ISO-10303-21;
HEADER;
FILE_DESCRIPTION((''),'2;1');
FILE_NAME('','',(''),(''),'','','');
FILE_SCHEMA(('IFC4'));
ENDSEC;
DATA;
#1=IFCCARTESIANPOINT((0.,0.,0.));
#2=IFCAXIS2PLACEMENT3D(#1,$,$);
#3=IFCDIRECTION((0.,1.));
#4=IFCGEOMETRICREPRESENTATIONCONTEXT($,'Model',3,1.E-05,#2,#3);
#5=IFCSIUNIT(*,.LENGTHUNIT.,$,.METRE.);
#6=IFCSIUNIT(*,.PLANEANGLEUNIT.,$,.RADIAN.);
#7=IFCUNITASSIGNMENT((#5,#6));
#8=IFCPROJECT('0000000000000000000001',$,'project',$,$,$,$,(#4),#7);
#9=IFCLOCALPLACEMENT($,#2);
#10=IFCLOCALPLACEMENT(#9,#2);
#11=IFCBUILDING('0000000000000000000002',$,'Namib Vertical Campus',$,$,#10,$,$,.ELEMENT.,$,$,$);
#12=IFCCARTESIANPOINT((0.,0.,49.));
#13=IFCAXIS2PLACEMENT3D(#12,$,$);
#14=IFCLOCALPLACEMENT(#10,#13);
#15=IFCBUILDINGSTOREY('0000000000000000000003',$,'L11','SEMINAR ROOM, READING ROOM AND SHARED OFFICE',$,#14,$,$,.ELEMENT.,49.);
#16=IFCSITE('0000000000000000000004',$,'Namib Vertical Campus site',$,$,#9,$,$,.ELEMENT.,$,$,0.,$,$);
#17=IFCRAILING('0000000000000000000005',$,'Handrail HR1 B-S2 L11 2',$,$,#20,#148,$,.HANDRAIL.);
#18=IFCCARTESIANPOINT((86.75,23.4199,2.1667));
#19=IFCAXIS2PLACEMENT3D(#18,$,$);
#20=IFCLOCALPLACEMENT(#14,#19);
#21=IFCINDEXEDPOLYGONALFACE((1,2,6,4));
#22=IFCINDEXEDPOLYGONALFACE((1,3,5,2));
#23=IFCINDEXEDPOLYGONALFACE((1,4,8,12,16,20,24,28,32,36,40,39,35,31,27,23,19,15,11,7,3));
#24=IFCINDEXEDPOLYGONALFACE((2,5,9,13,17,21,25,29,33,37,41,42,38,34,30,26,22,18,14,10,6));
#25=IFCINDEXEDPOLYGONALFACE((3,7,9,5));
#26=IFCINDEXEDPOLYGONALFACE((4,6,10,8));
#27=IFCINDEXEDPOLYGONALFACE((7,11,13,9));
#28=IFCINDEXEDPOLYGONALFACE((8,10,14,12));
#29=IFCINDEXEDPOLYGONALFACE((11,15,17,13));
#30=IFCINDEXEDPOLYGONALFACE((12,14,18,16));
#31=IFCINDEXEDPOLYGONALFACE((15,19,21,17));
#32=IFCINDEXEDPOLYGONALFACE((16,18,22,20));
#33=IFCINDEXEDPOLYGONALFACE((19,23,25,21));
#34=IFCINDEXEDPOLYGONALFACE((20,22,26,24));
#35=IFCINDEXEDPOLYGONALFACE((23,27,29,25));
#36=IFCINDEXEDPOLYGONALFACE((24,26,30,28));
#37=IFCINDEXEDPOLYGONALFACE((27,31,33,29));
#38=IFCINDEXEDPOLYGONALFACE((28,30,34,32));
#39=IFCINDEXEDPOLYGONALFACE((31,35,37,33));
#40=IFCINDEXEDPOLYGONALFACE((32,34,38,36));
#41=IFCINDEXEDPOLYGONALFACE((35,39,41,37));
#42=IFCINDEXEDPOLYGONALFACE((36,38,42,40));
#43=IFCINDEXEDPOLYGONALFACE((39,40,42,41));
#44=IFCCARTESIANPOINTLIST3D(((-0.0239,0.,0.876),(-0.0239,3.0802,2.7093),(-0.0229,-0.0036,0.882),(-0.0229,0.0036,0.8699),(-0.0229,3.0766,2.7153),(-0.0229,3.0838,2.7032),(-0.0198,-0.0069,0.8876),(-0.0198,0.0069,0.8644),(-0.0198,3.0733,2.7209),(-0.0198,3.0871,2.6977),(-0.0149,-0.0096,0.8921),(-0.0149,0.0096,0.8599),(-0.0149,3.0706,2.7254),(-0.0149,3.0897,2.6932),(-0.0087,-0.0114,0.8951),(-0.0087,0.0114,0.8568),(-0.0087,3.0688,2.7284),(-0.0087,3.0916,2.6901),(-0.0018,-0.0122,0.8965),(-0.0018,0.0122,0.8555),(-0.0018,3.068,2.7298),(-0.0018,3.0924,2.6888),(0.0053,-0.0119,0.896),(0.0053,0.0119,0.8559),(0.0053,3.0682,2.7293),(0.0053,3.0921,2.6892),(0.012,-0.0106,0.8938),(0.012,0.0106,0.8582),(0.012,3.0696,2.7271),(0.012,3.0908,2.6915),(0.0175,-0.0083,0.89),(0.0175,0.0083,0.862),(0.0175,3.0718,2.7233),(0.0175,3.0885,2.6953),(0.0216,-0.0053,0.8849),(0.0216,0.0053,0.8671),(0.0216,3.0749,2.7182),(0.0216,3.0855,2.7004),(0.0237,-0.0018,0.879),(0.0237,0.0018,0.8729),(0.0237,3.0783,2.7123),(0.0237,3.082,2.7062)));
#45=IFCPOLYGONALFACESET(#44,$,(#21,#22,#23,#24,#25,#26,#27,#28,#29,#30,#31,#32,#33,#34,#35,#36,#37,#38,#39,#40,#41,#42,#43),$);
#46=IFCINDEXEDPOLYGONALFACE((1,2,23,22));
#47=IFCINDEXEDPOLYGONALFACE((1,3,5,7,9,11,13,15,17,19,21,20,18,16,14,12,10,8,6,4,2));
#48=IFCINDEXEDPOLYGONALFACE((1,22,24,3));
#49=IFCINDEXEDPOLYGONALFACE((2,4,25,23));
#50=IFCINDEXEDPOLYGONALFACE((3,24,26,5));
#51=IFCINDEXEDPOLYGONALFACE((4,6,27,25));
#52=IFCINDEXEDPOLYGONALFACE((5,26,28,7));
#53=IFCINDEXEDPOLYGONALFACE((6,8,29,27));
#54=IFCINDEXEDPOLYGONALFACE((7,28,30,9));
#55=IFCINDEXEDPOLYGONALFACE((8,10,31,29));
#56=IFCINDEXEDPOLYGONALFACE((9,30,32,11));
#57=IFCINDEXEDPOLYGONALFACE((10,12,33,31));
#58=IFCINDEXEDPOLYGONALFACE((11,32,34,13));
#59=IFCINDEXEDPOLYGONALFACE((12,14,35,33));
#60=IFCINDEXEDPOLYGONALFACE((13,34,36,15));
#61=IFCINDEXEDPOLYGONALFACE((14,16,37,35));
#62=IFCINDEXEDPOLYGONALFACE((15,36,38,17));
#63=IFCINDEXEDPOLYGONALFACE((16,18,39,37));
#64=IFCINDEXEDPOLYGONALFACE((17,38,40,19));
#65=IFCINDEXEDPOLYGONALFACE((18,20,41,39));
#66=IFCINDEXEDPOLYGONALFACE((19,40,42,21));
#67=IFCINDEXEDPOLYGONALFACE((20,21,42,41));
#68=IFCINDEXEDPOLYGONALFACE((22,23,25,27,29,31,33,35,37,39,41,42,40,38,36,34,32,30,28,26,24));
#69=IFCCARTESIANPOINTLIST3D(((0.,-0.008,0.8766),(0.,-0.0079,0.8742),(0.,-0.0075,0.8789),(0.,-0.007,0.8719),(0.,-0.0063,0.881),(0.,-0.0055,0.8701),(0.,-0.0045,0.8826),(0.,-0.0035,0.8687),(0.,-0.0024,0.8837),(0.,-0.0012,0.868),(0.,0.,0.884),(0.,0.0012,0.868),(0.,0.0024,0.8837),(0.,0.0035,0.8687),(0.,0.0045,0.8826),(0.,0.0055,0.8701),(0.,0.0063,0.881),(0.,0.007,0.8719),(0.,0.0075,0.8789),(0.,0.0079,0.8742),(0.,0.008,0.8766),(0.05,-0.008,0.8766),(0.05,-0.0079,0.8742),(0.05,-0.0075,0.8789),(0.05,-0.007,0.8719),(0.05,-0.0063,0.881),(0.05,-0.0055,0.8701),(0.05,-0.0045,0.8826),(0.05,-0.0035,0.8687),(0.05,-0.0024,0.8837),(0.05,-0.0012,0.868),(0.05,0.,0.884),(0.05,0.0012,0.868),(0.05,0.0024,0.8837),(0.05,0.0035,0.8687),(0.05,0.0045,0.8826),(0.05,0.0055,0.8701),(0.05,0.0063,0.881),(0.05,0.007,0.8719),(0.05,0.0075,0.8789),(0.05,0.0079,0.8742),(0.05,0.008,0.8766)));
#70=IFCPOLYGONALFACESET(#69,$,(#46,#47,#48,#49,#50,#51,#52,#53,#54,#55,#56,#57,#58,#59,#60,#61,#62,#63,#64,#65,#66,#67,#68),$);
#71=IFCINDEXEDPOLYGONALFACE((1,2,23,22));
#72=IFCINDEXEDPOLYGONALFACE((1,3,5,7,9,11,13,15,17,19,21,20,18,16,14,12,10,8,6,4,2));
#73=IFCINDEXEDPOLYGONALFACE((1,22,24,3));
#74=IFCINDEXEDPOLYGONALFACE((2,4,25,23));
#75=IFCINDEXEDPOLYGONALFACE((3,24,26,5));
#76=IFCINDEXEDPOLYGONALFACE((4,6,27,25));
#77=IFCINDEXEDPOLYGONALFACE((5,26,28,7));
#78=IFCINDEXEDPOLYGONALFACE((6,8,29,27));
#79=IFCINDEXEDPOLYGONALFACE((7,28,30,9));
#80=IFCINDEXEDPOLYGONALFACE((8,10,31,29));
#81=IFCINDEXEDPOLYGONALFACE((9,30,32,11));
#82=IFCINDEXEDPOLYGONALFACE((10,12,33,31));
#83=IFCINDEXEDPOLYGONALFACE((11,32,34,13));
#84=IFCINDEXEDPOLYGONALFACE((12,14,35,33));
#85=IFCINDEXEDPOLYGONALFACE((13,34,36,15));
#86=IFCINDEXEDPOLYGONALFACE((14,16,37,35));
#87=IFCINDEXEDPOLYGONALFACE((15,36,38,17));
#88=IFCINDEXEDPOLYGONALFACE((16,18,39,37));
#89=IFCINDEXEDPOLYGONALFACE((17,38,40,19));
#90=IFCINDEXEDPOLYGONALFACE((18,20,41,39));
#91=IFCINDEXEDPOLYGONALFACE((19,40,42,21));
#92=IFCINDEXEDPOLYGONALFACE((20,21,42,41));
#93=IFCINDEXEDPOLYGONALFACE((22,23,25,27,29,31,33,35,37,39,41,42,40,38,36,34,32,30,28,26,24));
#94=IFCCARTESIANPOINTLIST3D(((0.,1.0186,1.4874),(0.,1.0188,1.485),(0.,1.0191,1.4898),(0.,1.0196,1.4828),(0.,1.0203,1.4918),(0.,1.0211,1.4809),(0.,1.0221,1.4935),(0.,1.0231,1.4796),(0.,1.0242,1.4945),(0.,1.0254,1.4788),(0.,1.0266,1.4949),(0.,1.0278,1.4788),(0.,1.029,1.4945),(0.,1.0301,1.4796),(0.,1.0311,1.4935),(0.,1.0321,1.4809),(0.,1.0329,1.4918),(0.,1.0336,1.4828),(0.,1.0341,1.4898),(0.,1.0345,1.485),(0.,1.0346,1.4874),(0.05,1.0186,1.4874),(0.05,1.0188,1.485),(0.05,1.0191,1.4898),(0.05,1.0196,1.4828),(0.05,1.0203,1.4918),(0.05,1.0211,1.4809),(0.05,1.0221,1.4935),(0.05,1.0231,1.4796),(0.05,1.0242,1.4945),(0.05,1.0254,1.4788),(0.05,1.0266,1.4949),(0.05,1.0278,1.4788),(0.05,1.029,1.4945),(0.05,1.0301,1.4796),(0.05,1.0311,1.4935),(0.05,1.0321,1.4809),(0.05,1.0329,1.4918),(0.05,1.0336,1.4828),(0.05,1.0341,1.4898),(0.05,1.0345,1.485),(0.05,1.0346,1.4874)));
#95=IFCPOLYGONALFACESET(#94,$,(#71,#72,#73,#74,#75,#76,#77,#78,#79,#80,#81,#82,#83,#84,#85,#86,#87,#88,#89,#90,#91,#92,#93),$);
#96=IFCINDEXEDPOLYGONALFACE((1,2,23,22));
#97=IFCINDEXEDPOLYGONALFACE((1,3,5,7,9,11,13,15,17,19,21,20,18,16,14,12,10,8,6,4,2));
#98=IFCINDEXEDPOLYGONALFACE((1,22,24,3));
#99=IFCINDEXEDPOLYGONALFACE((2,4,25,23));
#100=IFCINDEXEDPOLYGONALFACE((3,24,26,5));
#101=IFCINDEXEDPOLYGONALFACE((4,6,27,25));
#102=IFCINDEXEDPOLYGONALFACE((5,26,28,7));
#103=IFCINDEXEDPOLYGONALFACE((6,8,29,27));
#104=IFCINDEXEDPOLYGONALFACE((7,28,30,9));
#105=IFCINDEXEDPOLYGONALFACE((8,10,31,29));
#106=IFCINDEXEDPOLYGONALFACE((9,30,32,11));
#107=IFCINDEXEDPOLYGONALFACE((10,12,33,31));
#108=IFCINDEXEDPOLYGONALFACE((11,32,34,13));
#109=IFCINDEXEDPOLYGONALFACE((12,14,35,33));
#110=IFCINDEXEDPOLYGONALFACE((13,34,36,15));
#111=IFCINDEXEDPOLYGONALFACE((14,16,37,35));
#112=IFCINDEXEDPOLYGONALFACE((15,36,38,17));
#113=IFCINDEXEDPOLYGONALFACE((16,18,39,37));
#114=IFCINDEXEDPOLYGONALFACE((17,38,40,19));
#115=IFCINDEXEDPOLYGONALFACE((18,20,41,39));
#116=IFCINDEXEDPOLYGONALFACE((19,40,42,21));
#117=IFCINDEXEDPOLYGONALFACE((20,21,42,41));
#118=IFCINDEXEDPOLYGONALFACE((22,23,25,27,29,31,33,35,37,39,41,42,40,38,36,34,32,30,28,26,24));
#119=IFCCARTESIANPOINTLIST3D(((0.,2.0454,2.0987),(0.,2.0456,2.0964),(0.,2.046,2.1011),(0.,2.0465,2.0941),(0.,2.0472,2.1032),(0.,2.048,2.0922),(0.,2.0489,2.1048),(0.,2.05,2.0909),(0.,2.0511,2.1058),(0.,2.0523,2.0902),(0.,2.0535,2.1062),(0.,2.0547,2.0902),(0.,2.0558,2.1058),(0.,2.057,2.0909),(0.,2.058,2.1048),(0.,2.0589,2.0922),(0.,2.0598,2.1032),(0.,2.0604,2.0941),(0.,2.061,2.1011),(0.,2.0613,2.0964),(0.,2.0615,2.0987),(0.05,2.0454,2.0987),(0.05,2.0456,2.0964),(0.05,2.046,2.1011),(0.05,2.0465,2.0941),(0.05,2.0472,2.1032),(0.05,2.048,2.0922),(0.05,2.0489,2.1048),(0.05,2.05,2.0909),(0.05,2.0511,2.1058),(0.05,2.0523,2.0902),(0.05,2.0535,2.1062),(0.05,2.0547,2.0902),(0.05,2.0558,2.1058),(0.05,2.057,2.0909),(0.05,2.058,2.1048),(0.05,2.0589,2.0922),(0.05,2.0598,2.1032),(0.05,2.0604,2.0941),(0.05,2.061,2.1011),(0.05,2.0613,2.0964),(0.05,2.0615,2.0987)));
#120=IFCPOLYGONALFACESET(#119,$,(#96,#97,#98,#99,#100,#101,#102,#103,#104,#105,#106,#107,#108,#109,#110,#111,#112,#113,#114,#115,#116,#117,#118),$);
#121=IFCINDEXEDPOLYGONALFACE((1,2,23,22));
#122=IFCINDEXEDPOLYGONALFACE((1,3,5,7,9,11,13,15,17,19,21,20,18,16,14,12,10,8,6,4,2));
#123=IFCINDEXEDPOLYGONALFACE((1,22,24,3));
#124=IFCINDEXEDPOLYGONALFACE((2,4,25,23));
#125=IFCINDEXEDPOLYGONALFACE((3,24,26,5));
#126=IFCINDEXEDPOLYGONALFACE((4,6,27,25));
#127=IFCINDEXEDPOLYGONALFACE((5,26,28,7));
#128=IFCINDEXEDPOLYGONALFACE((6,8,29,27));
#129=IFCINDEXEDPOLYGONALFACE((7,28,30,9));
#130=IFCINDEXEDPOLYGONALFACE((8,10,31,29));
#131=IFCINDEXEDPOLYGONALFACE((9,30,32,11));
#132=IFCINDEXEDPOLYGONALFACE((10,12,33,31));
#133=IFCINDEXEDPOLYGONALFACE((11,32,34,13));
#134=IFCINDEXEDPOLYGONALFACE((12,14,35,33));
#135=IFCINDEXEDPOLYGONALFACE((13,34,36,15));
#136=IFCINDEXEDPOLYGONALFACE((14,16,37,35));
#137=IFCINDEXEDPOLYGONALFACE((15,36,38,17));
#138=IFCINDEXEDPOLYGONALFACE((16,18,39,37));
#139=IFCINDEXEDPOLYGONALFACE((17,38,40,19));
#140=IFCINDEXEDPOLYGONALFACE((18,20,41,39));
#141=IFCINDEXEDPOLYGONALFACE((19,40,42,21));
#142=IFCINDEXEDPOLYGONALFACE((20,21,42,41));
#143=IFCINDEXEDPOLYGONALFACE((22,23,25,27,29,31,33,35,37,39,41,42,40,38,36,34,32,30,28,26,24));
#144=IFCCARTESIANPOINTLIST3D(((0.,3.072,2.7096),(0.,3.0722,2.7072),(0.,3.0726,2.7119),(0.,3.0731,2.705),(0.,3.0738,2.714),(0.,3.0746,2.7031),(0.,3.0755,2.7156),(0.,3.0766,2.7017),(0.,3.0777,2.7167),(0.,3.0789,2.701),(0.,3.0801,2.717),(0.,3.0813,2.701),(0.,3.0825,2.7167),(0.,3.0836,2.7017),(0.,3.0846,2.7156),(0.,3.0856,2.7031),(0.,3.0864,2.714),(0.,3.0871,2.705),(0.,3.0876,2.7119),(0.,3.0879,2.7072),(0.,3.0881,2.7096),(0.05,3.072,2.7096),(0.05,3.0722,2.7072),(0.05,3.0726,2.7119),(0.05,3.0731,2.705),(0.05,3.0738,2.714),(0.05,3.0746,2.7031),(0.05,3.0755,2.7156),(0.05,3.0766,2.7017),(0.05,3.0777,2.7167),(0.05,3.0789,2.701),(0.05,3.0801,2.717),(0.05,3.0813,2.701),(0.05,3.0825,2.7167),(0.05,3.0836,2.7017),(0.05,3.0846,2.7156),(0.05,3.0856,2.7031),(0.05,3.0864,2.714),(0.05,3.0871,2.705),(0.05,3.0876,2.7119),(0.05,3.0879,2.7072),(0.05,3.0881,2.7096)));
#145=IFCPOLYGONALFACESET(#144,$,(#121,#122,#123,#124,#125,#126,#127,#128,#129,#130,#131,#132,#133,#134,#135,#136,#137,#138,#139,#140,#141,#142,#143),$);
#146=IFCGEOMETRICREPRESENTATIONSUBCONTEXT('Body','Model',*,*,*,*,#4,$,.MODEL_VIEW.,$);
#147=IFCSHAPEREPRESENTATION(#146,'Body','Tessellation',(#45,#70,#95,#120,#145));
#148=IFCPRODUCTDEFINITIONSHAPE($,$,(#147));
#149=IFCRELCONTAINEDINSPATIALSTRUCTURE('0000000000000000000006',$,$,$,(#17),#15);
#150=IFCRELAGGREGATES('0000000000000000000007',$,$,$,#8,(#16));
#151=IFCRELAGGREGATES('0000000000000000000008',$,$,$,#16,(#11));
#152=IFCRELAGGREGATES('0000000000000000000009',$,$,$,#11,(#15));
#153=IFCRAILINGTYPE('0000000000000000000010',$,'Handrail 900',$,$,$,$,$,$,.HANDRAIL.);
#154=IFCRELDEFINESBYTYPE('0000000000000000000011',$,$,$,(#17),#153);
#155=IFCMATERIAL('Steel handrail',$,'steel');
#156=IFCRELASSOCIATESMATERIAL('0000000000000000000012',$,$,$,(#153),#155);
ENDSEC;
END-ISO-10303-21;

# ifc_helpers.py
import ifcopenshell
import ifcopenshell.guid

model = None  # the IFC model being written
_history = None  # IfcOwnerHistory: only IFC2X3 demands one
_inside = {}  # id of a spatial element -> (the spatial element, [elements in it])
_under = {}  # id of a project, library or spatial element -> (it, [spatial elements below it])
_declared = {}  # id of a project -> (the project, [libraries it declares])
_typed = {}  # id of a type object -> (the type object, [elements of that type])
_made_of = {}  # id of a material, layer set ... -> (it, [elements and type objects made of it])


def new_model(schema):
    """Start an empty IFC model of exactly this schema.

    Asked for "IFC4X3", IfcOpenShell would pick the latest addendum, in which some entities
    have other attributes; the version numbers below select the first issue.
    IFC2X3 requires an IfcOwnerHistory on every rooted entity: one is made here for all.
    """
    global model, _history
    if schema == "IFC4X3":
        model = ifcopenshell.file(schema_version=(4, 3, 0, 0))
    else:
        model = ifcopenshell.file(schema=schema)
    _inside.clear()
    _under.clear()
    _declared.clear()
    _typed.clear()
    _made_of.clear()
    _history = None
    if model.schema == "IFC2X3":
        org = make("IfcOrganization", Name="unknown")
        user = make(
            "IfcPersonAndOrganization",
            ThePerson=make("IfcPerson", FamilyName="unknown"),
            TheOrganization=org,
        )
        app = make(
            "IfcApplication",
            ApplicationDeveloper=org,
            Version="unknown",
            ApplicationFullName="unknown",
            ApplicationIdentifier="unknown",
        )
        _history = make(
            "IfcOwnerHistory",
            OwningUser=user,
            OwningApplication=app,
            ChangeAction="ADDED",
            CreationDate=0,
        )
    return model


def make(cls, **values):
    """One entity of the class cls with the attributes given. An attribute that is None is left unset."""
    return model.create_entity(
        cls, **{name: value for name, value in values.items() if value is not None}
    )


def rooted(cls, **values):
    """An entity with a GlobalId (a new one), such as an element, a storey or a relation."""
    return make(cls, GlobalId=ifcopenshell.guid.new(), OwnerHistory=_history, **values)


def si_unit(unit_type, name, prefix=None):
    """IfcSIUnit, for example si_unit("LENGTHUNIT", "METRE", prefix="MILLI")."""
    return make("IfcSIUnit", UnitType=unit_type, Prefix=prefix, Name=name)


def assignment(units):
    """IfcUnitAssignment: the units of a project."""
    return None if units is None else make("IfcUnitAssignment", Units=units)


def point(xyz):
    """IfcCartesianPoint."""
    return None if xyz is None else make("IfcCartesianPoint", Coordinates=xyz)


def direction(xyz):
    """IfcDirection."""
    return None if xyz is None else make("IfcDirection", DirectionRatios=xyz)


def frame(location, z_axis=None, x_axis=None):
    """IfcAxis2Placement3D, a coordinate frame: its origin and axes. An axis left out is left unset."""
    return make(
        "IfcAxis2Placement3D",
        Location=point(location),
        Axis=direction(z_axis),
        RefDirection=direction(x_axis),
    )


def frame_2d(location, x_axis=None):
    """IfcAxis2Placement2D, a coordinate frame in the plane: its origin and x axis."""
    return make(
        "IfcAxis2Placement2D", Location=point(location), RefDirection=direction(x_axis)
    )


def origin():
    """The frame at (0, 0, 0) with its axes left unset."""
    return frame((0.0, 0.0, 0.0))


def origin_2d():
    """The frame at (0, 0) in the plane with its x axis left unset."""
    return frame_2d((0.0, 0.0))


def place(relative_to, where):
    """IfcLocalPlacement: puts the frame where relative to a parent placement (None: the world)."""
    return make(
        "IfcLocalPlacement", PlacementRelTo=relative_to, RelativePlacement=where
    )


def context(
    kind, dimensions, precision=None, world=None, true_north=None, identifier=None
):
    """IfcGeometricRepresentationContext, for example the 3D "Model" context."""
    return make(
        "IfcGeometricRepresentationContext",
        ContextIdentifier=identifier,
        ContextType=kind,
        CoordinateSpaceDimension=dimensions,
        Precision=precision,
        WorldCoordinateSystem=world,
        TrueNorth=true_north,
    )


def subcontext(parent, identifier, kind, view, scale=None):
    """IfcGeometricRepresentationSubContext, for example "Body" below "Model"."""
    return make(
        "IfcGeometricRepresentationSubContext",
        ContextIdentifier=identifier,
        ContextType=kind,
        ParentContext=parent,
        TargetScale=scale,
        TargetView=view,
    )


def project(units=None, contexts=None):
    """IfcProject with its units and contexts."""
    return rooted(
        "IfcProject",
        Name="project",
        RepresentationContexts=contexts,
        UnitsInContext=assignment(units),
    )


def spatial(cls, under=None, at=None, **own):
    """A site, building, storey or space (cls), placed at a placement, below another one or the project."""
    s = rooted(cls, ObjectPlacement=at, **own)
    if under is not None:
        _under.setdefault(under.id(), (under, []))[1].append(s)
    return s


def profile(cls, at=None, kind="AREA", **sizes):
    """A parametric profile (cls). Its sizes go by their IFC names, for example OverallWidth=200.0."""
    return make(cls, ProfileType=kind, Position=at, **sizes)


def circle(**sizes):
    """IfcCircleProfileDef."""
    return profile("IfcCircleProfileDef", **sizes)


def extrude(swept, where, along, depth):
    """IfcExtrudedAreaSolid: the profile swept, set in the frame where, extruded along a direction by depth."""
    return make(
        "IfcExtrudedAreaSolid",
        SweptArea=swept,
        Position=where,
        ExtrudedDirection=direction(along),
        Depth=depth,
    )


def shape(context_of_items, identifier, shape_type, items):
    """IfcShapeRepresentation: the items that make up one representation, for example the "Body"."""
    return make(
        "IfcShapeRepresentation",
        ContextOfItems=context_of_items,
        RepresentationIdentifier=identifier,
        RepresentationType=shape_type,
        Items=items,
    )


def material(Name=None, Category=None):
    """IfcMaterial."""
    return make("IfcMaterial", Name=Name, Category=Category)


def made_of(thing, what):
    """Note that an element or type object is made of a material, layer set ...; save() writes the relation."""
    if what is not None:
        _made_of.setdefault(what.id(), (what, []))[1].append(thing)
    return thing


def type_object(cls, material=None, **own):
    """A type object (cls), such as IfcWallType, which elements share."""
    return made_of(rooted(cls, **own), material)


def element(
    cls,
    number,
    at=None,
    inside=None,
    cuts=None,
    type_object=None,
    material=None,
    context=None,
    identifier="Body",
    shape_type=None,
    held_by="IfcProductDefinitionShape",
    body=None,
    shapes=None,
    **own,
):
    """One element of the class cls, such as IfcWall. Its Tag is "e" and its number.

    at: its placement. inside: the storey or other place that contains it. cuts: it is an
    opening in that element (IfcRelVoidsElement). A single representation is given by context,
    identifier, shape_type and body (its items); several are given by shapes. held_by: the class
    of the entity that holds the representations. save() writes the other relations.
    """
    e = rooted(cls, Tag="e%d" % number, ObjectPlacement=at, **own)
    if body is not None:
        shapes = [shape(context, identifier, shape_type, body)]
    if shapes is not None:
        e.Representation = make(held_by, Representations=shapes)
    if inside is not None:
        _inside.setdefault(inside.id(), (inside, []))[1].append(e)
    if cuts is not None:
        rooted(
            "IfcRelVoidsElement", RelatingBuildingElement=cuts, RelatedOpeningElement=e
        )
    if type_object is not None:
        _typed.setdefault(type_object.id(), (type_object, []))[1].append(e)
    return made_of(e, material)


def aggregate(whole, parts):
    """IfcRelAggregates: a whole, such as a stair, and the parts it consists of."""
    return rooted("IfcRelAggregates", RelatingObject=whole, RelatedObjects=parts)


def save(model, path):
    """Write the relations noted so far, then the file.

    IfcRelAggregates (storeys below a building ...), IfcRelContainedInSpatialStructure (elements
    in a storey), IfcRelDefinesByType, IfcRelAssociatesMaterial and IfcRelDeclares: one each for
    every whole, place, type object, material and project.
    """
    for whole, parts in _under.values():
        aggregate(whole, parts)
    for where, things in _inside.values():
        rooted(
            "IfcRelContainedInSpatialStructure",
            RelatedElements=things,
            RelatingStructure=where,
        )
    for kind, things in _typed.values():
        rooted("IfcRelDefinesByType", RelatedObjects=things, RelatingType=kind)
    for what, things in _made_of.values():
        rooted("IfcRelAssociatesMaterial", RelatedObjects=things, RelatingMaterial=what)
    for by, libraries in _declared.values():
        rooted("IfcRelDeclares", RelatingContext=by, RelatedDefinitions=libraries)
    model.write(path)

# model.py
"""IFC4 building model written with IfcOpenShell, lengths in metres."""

from ifc_helpers import new_model, si_unit, direction, frame, origin, origin_2d, place, context, subcontext, project, spatial, circle, extrude, material, type_object, element, save


model = new_model("IFC4")

# Units and contexts
model_context = context("Model", 3, precision=1e-05, world=origin(), true_north=direction((0.0, 1.0)))
body_context = subcontext(model_context, "Body", "Model", "MODEL_VIEW")
ifc_project = project(units=[si_unit("LENGTHUNIT", "METRE"), si_unit("PLANEANGLEUNIT", "RADIAN")], contexts=[model_context])

# Site, building, storey
site_placement = place(None, origin())
site = spatial("IfcSite", under=ifc_project, at=site_placement, Name="Namib Vertical Campus site", CompositionType="ELEMENT", RefElevation=0.0)
building_placement = place(site_placement, origin())
building = spatial("IfcBuilding", under=site, at=building_placement, Name="Namib Vertical Campus", CompositionType="ELEMENT")
storey_placement = place(building_placement, frame((0.0, 0.0, 49.0)))
storey = spatial("IfcBuildingStorey", under=building, at=storey_placement, Name="L11", Description="SEMINAR ROOM, READING ROOM AND SHARED OFFICE", CompositionType="ELEMENT", Elevation=49.0)

# Railing
ifc_material_1 = material(Name="Steel handrail", Category="steel")
railing_type_1 = type_object("IfcRailingType", Name="Handrail 900", PredefinedType="HANDRAIL", material=ifc_material_1)
railing_1_placement = place(storey_placement, frame((86.75, 23.4199, 2.1667)))
element("IfcRailing", 1, at=railing_1_placement, inside=storey, type_object=railing_type_1, Name="Handrail HR1 B-S2 L11 2", PredefinedType="HANDRAIL", context=body_context, shape_type="SweptSolid", body=[
    extrude(circle(Radius=0.0239, at=origin_2d()), frame((0.0, 0.0, 0.876), z_axis=(0.0, 0.859309, 0.511458), x_axis=(-1.0, 0.0, 0.0)), (0.0, 0.0, 1.0), 3.5845),
    extrude(circle(Radius=0.0081, at=origin_2d()), frame((0.0, 0.0, 0.876), z_axis=(1.0, 0.0, 0.0), x_axis=(0.0, 0.0, 1.0)), (0.0, 0.0, 1.0), 0.05),
    extrude(circle(Radius=0.0081, at=origin_2d()), frame((0.0, 1.0266, 1.4868), z_axis=(1.0, 0.0, 0.0), x_axis=(0.0, 0.0, 1.0)), (0.0, 0.0, 1.0), 0.05),
    extrude(circle(Radius=0.0081, at=origin_2d()), frame((0.0, 2.0535, 2.0981), z_axis=(1.0, 0.0, 0.0), x_axis=(0.0, 0.0, 1.0)), (0.0, 0.0, 1.0), 0.05),
    extrude(circle(Radius=0.0081, at=origin_2d()), frame((0.0, 3.0801, 2.709), z_axis=(1.0, 0.0, 0.0), x_axis=(0.0, 0.0, 1.0)), (0.0, 0.0, 1.0), 0.05),
])

save(model, "model.ifc")
